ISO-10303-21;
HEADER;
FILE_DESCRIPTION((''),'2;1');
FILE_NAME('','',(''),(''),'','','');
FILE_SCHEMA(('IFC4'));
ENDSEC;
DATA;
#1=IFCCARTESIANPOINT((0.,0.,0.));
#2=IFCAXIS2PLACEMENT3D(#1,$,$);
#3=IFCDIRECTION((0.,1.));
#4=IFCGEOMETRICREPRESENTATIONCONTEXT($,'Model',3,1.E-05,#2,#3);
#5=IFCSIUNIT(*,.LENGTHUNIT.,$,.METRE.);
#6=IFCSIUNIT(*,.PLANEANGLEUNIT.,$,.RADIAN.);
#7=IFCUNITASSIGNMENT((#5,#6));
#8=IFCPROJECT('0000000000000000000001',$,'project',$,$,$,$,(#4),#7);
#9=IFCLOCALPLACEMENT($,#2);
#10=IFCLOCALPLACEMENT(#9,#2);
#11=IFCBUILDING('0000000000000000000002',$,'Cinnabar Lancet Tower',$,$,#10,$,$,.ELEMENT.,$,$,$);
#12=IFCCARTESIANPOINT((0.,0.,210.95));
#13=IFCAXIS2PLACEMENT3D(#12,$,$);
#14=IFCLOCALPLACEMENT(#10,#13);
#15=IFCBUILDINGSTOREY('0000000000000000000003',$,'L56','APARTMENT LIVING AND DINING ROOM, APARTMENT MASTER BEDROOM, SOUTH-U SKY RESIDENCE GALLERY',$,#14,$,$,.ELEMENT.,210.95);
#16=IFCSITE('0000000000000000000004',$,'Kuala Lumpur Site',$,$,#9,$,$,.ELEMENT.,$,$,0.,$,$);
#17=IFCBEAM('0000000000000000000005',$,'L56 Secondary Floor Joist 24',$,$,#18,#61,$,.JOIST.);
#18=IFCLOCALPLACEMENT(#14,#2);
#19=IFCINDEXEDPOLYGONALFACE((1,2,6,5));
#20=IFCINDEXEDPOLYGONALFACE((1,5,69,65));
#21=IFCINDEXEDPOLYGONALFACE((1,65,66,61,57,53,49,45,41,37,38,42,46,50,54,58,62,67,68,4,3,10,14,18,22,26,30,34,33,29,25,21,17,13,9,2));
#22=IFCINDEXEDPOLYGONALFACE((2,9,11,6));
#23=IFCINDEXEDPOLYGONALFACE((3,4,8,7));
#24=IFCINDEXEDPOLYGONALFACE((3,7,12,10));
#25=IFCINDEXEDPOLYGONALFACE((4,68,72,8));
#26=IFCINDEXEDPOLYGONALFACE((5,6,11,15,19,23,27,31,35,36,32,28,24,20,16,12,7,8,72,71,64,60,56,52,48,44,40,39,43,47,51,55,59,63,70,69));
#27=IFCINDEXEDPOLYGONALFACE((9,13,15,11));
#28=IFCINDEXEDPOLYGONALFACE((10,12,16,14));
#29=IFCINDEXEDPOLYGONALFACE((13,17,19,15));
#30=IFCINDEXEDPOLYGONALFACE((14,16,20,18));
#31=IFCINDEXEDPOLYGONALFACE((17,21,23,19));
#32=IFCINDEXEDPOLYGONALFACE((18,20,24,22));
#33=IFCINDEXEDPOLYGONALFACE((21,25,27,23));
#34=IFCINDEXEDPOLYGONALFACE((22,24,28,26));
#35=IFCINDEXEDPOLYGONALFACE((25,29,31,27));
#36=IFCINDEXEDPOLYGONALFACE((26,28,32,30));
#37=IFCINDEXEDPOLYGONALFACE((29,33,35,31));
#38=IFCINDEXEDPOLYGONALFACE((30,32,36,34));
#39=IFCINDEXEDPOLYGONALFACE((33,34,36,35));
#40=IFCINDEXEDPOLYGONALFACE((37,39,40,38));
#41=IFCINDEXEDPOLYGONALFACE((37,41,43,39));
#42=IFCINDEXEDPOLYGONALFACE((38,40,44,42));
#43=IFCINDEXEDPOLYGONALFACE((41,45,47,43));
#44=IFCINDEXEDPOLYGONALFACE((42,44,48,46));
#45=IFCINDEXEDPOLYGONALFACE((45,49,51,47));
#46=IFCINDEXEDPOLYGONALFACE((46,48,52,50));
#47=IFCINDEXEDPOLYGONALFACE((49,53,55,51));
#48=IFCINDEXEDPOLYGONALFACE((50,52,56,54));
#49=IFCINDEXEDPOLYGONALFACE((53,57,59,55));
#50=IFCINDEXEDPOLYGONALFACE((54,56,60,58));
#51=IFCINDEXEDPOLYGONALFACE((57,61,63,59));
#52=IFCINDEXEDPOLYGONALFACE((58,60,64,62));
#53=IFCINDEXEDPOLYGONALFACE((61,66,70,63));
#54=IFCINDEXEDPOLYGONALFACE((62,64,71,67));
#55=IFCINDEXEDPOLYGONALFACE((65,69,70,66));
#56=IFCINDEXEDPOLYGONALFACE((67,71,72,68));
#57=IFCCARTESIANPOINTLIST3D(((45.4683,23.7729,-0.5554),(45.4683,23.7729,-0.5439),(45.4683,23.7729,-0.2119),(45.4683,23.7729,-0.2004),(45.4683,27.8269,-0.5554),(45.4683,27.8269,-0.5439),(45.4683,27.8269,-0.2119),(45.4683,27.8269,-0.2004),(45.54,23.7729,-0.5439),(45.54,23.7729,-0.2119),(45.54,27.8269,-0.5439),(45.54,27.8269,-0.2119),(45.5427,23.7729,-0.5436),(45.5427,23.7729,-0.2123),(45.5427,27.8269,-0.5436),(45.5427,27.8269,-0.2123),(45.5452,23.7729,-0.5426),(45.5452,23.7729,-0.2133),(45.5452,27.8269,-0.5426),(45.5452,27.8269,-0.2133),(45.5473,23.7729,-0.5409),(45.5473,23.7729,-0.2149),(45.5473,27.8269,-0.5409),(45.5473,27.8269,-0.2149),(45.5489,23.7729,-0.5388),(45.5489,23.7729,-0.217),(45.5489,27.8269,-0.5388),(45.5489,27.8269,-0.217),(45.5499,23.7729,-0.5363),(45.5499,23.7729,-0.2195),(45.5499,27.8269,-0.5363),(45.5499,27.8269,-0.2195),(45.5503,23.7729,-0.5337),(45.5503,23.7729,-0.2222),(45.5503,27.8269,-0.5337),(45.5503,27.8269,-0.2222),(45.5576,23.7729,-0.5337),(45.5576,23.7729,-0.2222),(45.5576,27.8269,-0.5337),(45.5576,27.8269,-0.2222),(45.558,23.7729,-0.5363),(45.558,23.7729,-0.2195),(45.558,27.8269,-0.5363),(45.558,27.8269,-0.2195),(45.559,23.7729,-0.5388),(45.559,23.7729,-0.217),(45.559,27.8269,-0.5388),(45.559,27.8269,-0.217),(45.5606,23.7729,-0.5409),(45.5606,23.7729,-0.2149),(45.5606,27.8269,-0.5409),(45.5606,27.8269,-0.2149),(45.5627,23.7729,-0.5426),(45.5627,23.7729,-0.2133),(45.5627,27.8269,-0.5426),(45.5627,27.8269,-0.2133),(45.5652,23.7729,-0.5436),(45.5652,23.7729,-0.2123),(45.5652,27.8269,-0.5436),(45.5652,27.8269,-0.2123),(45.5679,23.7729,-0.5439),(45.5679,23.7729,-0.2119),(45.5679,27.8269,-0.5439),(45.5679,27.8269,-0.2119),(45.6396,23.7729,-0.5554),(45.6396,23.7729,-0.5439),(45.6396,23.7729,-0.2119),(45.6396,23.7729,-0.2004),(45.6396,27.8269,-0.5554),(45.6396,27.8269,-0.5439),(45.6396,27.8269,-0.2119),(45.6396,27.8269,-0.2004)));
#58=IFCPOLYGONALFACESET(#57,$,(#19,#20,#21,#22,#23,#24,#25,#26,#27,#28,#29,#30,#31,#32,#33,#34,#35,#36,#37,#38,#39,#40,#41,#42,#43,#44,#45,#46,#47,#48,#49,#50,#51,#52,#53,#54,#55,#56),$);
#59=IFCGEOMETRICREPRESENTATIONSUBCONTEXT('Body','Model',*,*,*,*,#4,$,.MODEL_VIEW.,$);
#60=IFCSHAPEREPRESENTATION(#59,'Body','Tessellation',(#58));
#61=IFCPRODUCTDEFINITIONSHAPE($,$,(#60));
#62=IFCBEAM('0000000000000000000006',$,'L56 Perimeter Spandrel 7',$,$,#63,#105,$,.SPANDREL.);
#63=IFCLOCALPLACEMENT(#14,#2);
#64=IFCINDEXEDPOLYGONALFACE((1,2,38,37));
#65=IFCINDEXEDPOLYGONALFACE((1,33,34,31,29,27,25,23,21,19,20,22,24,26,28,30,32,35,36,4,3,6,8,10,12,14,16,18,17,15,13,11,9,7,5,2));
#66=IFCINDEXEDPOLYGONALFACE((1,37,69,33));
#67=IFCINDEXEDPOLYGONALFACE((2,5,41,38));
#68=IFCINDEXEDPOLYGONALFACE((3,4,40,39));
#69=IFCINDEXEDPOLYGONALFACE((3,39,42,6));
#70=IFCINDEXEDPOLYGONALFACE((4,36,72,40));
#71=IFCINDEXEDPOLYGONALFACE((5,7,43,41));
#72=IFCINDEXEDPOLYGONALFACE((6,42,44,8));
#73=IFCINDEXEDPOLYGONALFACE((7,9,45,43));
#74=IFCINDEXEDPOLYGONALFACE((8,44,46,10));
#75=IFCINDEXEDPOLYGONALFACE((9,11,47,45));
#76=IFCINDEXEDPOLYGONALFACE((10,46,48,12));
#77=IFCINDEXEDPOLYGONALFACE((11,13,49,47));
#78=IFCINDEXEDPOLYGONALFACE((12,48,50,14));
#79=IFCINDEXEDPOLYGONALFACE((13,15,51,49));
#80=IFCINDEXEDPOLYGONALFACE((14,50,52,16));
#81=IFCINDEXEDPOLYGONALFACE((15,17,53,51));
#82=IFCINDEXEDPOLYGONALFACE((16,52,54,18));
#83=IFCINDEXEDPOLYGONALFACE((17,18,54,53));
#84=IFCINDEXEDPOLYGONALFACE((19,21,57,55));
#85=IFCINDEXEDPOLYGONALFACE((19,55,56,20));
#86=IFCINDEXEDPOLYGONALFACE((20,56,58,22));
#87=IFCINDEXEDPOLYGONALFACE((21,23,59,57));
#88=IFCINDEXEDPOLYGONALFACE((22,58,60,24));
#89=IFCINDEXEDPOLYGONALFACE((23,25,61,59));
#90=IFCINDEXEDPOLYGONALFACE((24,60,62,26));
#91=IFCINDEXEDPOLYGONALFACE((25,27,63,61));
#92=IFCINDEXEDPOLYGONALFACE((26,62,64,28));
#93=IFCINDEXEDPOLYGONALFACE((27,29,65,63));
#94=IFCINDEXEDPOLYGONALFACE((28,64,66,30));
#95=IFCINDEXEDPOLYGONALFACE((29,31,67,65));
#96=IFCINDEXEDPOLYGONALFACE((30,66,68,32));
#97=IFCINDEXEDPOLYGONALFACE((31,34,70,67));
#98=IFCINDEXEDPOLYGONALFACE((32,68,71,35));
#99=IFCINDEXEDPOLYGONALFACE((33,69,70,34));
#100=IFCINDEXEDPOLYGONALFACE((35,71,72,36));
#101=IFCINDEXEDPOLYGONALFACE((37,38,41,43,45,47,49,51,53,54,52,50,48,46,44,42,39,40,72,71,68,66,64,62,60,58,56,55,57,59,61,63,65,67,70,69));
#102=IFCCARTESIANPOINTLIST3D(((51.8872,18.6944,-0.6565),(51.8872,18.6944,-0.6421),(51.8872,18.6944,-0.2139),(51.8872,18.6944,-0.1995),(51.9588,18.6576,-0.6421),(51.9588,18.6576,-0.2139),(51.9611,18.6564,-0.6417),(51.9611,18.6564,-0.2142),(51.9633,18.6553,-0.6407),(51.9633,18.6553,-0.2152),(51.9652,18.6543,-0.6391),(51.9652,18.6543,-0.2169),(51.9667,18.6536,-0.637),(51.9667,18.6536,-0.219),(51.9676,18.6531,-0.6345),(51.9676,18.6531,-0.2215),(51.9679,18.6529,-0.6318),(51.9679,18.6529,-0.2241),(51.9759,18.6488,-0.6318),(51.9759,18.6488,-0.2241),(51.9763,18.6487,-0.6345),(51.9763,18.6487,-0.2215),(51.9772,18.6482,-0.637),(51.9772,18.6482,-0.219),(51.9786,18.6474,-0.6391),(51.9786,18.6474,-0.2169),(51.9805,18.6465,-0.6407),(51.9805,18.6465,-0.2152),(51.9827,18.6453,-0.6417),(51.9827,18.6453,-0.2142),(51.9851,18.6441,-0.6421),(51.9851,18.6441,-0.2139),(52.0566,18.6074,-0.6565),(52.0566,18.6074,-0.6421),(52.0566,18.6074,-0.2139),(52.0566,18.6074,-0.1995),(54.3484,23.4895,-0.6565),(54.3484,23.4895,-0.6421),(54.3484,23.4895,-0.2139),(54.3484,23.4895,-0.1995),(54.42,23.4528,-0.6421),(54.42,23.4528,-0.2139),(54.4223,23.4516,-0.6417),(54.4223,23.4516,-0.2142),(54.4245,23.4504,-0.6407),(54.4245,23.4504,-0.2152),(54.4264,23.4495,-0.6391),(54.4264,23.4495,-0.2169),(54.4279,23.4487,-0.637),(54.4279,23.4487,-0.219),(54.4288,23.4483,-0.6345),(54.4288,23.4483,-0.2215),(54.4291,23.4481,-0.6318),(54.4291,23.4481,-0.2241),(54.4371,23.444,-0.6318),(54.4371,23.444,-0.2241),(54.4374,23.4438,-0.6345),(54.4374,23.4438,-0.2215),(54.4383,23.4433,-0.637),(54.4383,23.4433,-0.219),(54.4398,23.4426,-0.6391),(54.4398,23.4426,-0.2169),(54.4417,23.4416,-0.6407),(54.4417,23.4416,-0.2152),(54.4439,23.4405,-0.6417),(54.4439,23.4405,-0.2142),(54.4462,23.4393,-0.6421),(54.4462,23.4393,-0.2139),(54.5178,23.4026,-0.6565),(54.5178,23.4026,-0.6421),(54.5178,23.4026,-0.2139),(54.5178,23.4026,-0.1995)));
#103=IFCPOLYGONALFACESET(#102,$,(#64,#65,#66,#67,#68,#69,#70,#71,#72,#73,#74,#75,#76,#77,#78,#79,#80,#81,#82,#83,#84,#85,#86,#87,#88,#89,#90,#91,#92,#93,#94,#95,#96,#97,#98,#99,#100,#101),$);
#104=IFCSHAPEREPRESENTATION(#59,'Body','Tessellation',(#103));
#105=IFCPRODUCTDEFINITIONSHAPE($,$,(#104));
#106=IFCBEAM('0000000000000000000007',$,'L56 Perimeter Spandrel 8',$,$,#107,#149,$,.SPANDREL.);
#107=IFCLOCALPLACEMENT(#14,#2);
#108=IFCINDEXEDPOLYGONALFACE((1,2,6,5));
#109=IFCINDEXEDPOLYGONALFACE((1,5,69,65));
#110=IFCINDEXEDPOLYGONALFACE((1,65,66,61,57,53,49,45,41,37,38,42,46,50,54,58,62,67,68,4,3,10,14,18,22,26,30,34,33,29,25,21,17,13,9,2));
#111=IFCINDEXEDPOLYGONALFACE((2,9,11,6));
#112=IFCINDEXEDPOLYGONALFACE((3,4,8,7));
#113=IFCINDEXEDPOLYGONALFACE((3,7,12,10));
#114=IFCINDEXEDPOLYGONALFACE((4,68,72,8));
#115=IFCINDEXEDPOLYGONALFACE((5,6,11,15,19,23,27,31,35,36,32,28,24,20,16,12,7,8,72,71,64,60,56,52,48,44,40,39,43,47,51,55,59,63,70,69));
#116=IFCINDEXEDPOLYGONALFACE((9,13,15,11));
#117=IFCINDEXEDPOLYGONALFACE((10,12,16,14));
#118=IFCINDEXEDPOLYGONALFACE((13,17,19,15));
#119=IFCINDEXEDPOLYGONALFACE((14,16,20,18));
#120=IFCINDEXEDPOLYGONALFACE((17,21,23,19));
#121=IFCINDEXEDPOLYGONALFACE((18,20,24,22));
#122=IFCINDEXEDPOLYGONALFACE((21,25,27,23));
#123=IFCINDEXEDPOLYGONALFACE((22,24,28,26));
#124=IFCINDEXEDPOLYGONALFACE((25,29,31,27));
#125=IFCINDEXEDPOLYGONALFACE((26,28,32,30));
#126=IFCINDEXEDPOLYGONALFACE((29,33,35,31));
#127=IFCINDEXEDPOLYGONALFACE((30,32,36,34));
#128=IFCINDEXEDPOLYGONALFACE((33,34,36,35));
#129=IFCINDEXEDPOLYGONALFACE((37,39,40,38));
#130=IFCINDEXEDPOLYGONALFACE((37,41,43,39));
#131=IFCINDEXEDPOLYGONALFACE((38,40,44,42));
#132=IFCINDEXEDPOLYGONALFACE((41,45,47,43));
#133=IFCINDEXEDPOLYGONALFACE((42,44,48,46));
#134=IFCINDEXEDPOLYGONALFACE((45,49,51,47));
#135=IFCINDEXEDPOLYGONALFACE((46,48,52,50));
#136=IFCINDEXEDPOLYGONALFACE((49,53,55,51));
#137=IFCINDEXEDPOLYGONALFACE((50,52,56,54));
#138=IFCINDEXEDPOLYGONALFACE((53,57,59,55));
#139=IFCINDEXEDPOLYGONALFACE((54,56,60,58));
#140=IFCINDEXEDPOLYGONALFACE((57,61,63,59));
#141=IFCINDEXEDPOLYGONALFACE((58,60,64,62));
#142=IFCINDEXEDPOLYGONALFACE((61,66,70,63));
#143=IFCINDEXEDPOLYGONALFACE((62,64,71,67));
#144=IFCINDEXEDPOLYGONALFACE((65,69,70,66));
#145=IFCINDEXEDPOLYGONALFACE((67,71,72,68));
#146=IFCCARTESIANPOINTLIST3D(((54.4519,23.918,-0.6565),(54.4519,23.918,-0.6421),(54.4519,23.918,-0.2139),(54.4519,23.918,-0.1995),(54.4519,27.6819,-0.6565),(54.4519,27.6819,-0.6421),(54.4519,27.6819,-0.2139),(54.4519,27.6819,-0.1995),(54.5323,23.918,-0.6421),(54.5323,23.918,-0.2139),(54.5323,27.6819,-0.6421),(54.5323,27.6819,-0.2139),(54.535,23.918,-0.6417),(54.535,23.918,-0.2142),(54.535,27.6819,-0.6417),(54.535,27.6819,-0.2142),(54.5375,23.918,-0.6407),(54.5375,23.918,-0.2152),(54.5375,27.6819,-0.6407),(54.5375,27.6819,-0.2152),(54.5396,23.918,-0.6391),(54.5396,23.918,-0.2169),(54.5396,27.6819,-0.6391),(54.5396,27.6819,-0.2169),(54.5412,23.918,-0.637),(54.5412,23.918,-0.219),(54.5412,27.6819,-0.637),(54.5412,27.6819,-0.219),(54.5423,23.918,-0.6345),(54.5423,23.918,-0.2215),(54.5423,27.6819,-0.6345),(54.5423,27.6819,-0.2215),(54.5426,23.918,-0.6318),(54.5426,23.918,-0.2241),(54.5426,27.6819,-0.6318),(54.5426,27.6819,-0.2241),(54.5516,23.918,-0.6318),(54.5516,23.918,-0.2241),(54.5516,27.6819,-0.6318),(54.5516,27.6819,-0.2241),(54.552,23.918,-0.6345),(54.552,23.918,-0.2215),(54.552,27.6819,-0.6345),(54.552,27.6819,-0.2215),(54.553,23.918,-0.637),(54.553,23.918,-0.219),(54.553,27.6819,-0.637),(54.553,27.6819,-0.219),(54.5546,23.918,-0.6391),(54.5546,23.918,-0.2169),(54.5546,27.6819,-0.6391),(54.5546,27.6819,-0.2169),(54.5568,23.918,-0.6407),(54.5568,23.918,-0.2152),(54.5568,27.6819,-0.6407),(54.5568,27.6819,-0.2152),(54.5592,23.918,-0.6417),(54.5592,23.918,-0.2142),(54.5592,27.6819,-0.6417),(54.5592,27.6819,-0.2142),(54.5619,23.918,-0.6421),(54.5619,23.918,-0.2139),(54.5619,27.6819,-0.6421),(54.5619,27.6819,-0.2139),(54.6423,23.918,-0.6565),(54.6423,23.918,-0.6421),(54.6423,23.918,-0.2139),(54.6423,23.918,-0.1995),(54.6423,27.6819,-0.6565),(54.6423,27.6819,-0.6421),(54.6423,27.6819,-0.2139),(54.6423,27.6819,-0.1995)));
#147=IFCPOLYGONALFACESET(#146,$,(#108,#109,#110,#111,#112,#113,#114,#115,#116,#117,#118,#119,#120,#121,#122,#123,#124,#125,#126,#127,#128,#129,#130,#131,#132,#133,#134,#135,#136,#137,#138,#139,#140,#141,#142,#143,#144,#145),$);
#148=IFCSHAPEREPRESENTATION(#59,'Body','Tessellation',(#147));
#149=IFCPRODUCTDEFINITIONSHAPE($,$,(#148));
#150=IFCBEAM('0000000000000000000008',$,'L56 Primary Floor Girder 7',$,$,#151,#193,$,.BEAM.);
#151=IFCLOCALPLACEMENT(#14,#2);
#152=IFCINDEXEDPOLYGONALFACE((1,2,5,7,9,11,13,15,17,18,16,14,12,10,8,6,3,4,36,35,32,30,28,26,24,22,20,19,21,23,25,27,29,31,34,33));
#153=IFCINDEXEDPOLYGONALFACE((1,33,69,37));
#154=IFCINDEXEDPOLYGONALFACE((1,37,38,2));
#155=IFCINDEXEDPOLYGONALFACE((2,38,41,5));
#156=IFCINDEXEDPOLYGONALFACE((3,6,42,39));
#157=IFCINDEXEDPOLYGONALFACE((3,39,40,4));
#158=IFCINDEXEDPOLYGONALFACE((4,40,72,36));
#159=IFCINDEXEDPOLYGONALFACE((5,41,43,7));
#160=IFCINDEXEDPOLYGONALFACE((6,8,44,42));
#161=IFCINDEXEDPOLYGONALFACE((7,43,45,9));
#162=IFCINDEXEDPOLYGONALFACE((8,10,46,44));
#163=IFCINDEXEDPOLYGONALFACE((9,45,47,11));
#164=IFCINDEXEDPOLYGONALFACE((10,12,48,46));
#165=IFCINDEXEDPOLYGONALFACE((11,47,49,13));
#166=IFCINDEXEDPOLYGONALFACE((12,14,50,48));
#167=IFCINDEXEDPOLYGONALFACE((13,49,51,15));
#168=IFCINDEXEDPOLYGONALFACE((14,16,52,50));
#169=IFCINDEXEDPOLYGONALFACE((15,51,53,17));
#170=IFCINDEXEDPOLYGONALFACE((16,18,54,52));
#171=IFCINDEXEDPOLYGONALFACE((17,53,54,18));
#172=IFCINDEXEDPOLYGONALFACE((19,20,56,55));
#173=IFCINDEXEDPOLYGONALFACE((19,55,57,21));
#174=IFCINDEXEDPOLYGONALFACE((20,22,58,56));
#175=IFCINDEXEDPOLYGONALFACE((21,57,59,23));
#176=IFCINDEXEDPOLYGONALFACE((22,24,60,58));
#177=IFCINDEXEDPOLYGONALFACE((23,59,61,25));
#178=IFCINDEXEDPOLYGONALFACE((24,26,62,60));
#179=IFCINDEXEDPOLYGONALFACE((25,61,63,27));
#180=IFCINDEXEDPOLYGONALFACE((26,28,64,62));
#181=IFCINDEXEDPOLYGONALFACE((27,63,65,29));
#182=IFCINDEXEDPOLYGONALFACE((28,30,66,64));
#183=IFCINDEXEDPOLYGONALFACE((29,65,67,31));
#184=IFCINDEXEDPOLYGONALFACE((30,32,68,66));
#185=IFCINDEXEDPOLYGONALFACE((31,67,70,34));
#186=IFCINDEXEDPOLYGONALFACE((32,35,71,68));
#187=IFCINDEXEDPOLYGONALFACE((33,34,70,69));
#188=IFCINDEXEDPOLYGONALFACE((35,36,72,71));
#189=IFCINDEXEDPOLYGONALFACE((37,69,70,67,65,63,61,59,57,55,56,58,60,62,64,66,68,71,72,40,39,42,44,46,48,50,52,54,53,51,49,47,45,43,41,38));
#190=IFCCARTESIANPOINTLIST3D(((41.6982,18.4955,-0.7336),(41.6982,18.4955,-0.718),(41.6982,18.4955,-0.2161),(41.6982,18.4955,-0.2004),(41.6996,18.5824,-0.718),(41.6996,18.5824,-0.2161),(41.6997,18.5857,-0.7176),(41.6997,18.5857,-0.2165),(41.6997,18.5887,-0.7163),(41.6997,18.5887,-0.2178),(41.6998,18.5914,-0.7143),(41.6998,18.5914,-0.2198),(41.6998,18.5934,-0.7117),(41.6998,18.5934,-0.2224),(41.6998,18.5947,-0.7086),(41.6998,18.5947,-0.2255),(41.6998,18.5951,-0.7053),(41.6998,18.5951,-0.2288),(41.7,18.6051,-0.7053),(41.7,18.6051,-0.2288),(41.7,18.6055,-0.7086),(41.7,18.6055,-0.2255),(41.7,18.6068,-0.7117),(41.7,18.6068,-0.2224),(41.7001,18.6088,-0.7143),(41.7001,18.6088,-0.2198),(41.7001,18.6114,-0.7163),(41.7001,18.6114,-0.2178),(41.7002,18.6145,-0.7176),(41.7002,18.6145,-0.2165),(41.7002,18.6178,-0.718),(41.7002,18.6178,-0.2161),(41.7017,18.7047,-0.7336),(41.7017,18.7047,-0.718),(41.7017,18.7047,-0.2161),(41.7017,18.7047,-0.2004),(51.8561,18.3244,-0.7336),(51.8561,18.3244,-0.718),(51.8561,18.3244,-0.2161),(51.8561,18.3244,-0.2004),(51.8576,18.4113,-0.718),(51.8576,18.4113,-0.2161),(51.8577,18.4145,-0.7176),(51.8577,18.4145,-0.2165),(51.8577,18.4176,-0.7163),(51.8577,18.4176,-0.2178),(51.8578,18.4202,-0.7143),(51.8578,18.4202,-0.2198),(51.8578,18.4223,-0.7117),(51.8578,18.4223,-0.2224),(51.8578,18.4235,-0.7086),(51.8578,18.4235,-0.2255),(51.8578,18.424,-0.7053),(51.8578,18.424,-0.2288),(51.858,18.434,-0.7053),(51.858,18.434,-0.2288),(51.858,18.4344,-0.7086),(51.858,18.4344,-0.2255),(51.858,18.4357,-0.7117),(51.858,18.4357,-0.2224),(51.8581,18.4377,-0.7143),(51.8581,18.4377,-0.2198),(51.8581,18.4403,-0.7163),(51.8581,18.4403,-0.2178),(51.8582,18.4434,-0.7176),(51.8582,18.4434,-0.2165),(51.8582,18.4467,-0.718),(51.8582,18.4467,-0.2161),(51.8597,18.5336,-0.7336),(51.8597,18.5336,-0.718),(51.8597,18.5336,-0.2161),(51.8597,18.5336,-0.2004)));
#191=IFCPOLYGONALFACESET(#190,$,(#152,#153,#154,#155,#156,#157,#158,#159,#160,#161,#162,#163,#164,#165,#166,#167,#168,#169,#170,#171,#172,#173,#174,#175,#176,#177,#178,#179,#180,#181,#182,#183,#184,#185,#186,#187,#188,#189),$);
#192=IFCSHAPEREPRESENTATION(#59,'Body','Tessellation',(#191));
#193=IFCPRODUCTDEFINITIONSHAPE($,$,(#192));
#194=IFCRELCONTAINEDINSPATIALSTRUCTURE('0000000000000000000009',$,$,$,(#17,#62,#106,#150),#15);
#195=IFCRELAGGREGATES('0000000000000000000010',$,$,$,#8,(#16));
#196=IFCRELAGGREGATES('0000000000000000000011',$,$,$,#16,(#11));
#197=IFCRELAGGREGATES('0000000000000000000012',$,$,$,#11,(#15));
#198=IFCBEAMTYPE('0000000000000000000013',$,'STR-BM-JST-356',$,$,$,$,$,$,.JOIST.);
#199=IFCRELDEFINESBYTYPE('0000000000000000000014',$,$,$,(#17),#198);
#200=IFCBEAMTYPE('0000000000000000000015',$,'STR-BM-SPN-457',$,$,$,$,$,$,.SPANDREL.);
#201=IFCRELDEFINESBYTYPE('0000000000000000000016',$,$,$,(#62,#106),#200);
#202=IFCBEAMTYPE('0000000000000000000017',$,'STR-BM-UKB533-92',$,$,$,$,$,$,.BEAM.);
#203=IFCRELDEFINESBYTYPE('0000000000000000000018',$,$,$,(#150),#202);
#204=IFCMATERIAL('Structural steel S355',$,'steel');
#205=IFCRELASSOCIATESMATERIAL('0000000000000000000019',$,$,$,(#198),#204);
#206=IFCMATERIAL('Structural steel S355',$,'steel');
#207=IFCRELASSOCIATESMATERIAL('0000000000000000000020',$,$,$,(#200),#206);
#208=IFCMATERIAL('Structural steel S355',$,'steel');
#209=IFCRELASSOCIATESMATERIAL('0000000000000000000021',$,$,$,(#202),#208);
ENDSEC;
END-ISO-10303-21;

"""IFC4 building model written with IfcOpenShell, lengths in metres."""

from ifc_helpers import new_model, si_unit, direction, frame, origin, origin_2d, place, context, subcontext, project, spatial, i_section, extrude, material, material_profile, profile_set, type_object, element, save


model = new_model("IFC4")

# Units and contexts
model_context = context("Model", 3, precision=1e-05, world=origin(), true_north=direction((0.0, 1.0)))
body_context = subcontext(model_context, "Body", "Model", "MODEL_VIEW")
ifc_project = project(units=[si_unit("LENGTHUNIT", "METRE"), si_unit("PLANEANGLEUNIT", "RADIAN")], contexts=[model_context])

# Site, building, storey
site_placement = place(None, origin())
site = spatial("IfcSite", under=ifc_project, at=site_placement, Name="Kuala Lumpur Site", CompositionType="ELEMENT", RefElevation=0.0)
building_placement = place(site_placement, origin())
building = spatial("IfcBuilding", under=site, at=building_placement, Name="Cinnabar Lancet Tower", CompositionType="ELEMENT")
storey_placement = place(building_placement, frame((0.0, 0.0, 210.95)))
storey = spatial("IfcBuildingStorey", under=building, at=storey_placement, Name="L56", Description="APARTMENT LIVING AND DINING ROOM, APARTMENT MASTER BEDROOM, SOUTH-U SKY RESIDENCE GALLERY", CompositionType="ELEMENT", Elevation=210.95)

# Beams
ifc_material_1 = material(Name="Structural steel S355", Category="steel")
ifc_material_profile_1 = material_profile(ifc_material_1, i_section(OverallWidth=0.1714, OverallDepth=0.355, WebThickness=0.0073, FlangeThickness=0.0115, FilletRadius=0.0103, at=origin_2d()), Name="UKB 356x171x51")
ifc_profile_set_1 = profile_set([ifc_material_profile_1], Name="Structural steel S355")
beam_type_1 = type_object("IfcBeamType", Name="STR-BM-JST-356", PredefinedType="JOIST", material=ifc_profile_set_1)
for number, where, z_axis, x_axis, name in (
    (1, (45.554, 23.7729, -0.3779), (0.0, 1.0, 0.0), (-1.0, 0.0, 0.0), "L56 Secondary Floor Joist 24"),
):
    element("IfcBeam", number, at=place(storey_placement, frame(where, z_axis=z_axis, x_axis=x_axis)), inside=storey, type_object=beam_type_1, Name=name, PredefinedType="JOIST", context=body_context, shape_type="SweptSolid", body=[
        extrude(i_section(OverallWidth=0.1714, OverallDepth=0.355, WebThickness=0.0073, FlangeThickness=0.0115, FilletRadius=0.0103, at=origin_2d()), origin(), (0.0, 0.0, 1.0), 4.054),
    ])
ifc_material_2 = material(Name="Structural steel S355", Category="steel")
ifc_material_profile_2 = material_profile(ifc_material_2, i_section(OverallWidth=0.1904, OverallDepth=0.457, WebThickness=0.009, FlangeThickness=0.0144, FilletRadius=0.0103, at=origin_2d()), Name="UKB 457x191x74")
ifc_profile_set_2 = profile_set([ifc_material_profile_2], Name="Structural steel S355")
beam_type_2 = type_object("IfcBeamType", Name="STR-BM-SPN-457", PredefinedType="SPANDREL", material=ifc_profile_set_2)
beam_1_placement = place(storey_placement, frame((51.9719, 18.6509, -0.428), z_axis=(0.456628, 0.889658, 0.0), x_axis=(-0.889658, 0.456628, 0.0)))
element("IfcBeam", 2, at=beam_1_placement, inside=storey, type_object=beam_type_2, Name="L56 Perimeter Spandrel 7", PredefinedType="SPANDREL", context=body_context, shape_type="SweptSolid", body=[
    extrude(i_section(OverallWidth=0.1904, OverallDepth=0.457, WebThickness=0.009, FlangeThickness=0.0144, FilletRadius=0.0103, at=origin_2d()), origin(), (0.0, 0.0, 1.0), 5.3899),
])
beam_2_placement = place(storey_placement, frame((54.5471, 23.918, -0.428), z_axis=(0.0, 1.0, 0.0), x_axis=(-1.0, 0.0, 0.0)))
element("IfcBeam", 3, at=beam_2_placement, inside=storey, type_object=beam_type_2, Name="L56 Perimeter Spandrel 8", PredefinedType="SPANDREL", context=body_context, shape_type="SweptSolid", body=[
    extrude(i_section(OverallWidth=0.1904, OverallDepth=0.457, WebThickness=0.009, FlangeThickness=0.0144, FilletRadius=0.0103, at=origin_2d()), origin(), (0.0, 0.0, 1.0), 3.7639),
])
ifc_material_3 = material(Name="Structural steel S355", Category="steel")
ifc_material_profile_3 = material_profile(ifc_material_3, i_section(OverallWidth=0.2092, OverallDepth=0.5332, WebThickness=0.01, FlangeThickness=0.0156, FilletRadius=0.0127, at=origin_2d()), Name="UKB 533x210x92")
ifc_profile_set_3 = profile_set([ifc_material_profile_3], Name="Structural steel S355")
beam_type_3 = type_object("IfcBeamType", Name="STR-BM-UKB533-92", PredefinedType="BEAM", material=ifc_profile_set_3)
beam_3_placement = place(storey_placement, frame((51.8579, 18.429, -0.467), z_axis=(-0.999858, 0.016846, 0.0), x_axis=(-0.016846, -0.999858, 0.0)))
element("IfcBeam", 4, at=beam_3_placement, inside=storey, type_object=beam_type_3, Name="L56 Primary Floor Girder 7", PredefinedType="BEAM", context=body_context, shape_type="SweptSolid", body=[
    extrude(i_section(OverallWidth=0.2092, OverallDepth=0.5332, WebThickness=0.01, FlangeThickness=0.0156, FilletRadius=0.0127, at=origin_2d()), origin(), (0.0, 0.0, 1.0), 10.1594),
])

save(model, "model.ifc")
